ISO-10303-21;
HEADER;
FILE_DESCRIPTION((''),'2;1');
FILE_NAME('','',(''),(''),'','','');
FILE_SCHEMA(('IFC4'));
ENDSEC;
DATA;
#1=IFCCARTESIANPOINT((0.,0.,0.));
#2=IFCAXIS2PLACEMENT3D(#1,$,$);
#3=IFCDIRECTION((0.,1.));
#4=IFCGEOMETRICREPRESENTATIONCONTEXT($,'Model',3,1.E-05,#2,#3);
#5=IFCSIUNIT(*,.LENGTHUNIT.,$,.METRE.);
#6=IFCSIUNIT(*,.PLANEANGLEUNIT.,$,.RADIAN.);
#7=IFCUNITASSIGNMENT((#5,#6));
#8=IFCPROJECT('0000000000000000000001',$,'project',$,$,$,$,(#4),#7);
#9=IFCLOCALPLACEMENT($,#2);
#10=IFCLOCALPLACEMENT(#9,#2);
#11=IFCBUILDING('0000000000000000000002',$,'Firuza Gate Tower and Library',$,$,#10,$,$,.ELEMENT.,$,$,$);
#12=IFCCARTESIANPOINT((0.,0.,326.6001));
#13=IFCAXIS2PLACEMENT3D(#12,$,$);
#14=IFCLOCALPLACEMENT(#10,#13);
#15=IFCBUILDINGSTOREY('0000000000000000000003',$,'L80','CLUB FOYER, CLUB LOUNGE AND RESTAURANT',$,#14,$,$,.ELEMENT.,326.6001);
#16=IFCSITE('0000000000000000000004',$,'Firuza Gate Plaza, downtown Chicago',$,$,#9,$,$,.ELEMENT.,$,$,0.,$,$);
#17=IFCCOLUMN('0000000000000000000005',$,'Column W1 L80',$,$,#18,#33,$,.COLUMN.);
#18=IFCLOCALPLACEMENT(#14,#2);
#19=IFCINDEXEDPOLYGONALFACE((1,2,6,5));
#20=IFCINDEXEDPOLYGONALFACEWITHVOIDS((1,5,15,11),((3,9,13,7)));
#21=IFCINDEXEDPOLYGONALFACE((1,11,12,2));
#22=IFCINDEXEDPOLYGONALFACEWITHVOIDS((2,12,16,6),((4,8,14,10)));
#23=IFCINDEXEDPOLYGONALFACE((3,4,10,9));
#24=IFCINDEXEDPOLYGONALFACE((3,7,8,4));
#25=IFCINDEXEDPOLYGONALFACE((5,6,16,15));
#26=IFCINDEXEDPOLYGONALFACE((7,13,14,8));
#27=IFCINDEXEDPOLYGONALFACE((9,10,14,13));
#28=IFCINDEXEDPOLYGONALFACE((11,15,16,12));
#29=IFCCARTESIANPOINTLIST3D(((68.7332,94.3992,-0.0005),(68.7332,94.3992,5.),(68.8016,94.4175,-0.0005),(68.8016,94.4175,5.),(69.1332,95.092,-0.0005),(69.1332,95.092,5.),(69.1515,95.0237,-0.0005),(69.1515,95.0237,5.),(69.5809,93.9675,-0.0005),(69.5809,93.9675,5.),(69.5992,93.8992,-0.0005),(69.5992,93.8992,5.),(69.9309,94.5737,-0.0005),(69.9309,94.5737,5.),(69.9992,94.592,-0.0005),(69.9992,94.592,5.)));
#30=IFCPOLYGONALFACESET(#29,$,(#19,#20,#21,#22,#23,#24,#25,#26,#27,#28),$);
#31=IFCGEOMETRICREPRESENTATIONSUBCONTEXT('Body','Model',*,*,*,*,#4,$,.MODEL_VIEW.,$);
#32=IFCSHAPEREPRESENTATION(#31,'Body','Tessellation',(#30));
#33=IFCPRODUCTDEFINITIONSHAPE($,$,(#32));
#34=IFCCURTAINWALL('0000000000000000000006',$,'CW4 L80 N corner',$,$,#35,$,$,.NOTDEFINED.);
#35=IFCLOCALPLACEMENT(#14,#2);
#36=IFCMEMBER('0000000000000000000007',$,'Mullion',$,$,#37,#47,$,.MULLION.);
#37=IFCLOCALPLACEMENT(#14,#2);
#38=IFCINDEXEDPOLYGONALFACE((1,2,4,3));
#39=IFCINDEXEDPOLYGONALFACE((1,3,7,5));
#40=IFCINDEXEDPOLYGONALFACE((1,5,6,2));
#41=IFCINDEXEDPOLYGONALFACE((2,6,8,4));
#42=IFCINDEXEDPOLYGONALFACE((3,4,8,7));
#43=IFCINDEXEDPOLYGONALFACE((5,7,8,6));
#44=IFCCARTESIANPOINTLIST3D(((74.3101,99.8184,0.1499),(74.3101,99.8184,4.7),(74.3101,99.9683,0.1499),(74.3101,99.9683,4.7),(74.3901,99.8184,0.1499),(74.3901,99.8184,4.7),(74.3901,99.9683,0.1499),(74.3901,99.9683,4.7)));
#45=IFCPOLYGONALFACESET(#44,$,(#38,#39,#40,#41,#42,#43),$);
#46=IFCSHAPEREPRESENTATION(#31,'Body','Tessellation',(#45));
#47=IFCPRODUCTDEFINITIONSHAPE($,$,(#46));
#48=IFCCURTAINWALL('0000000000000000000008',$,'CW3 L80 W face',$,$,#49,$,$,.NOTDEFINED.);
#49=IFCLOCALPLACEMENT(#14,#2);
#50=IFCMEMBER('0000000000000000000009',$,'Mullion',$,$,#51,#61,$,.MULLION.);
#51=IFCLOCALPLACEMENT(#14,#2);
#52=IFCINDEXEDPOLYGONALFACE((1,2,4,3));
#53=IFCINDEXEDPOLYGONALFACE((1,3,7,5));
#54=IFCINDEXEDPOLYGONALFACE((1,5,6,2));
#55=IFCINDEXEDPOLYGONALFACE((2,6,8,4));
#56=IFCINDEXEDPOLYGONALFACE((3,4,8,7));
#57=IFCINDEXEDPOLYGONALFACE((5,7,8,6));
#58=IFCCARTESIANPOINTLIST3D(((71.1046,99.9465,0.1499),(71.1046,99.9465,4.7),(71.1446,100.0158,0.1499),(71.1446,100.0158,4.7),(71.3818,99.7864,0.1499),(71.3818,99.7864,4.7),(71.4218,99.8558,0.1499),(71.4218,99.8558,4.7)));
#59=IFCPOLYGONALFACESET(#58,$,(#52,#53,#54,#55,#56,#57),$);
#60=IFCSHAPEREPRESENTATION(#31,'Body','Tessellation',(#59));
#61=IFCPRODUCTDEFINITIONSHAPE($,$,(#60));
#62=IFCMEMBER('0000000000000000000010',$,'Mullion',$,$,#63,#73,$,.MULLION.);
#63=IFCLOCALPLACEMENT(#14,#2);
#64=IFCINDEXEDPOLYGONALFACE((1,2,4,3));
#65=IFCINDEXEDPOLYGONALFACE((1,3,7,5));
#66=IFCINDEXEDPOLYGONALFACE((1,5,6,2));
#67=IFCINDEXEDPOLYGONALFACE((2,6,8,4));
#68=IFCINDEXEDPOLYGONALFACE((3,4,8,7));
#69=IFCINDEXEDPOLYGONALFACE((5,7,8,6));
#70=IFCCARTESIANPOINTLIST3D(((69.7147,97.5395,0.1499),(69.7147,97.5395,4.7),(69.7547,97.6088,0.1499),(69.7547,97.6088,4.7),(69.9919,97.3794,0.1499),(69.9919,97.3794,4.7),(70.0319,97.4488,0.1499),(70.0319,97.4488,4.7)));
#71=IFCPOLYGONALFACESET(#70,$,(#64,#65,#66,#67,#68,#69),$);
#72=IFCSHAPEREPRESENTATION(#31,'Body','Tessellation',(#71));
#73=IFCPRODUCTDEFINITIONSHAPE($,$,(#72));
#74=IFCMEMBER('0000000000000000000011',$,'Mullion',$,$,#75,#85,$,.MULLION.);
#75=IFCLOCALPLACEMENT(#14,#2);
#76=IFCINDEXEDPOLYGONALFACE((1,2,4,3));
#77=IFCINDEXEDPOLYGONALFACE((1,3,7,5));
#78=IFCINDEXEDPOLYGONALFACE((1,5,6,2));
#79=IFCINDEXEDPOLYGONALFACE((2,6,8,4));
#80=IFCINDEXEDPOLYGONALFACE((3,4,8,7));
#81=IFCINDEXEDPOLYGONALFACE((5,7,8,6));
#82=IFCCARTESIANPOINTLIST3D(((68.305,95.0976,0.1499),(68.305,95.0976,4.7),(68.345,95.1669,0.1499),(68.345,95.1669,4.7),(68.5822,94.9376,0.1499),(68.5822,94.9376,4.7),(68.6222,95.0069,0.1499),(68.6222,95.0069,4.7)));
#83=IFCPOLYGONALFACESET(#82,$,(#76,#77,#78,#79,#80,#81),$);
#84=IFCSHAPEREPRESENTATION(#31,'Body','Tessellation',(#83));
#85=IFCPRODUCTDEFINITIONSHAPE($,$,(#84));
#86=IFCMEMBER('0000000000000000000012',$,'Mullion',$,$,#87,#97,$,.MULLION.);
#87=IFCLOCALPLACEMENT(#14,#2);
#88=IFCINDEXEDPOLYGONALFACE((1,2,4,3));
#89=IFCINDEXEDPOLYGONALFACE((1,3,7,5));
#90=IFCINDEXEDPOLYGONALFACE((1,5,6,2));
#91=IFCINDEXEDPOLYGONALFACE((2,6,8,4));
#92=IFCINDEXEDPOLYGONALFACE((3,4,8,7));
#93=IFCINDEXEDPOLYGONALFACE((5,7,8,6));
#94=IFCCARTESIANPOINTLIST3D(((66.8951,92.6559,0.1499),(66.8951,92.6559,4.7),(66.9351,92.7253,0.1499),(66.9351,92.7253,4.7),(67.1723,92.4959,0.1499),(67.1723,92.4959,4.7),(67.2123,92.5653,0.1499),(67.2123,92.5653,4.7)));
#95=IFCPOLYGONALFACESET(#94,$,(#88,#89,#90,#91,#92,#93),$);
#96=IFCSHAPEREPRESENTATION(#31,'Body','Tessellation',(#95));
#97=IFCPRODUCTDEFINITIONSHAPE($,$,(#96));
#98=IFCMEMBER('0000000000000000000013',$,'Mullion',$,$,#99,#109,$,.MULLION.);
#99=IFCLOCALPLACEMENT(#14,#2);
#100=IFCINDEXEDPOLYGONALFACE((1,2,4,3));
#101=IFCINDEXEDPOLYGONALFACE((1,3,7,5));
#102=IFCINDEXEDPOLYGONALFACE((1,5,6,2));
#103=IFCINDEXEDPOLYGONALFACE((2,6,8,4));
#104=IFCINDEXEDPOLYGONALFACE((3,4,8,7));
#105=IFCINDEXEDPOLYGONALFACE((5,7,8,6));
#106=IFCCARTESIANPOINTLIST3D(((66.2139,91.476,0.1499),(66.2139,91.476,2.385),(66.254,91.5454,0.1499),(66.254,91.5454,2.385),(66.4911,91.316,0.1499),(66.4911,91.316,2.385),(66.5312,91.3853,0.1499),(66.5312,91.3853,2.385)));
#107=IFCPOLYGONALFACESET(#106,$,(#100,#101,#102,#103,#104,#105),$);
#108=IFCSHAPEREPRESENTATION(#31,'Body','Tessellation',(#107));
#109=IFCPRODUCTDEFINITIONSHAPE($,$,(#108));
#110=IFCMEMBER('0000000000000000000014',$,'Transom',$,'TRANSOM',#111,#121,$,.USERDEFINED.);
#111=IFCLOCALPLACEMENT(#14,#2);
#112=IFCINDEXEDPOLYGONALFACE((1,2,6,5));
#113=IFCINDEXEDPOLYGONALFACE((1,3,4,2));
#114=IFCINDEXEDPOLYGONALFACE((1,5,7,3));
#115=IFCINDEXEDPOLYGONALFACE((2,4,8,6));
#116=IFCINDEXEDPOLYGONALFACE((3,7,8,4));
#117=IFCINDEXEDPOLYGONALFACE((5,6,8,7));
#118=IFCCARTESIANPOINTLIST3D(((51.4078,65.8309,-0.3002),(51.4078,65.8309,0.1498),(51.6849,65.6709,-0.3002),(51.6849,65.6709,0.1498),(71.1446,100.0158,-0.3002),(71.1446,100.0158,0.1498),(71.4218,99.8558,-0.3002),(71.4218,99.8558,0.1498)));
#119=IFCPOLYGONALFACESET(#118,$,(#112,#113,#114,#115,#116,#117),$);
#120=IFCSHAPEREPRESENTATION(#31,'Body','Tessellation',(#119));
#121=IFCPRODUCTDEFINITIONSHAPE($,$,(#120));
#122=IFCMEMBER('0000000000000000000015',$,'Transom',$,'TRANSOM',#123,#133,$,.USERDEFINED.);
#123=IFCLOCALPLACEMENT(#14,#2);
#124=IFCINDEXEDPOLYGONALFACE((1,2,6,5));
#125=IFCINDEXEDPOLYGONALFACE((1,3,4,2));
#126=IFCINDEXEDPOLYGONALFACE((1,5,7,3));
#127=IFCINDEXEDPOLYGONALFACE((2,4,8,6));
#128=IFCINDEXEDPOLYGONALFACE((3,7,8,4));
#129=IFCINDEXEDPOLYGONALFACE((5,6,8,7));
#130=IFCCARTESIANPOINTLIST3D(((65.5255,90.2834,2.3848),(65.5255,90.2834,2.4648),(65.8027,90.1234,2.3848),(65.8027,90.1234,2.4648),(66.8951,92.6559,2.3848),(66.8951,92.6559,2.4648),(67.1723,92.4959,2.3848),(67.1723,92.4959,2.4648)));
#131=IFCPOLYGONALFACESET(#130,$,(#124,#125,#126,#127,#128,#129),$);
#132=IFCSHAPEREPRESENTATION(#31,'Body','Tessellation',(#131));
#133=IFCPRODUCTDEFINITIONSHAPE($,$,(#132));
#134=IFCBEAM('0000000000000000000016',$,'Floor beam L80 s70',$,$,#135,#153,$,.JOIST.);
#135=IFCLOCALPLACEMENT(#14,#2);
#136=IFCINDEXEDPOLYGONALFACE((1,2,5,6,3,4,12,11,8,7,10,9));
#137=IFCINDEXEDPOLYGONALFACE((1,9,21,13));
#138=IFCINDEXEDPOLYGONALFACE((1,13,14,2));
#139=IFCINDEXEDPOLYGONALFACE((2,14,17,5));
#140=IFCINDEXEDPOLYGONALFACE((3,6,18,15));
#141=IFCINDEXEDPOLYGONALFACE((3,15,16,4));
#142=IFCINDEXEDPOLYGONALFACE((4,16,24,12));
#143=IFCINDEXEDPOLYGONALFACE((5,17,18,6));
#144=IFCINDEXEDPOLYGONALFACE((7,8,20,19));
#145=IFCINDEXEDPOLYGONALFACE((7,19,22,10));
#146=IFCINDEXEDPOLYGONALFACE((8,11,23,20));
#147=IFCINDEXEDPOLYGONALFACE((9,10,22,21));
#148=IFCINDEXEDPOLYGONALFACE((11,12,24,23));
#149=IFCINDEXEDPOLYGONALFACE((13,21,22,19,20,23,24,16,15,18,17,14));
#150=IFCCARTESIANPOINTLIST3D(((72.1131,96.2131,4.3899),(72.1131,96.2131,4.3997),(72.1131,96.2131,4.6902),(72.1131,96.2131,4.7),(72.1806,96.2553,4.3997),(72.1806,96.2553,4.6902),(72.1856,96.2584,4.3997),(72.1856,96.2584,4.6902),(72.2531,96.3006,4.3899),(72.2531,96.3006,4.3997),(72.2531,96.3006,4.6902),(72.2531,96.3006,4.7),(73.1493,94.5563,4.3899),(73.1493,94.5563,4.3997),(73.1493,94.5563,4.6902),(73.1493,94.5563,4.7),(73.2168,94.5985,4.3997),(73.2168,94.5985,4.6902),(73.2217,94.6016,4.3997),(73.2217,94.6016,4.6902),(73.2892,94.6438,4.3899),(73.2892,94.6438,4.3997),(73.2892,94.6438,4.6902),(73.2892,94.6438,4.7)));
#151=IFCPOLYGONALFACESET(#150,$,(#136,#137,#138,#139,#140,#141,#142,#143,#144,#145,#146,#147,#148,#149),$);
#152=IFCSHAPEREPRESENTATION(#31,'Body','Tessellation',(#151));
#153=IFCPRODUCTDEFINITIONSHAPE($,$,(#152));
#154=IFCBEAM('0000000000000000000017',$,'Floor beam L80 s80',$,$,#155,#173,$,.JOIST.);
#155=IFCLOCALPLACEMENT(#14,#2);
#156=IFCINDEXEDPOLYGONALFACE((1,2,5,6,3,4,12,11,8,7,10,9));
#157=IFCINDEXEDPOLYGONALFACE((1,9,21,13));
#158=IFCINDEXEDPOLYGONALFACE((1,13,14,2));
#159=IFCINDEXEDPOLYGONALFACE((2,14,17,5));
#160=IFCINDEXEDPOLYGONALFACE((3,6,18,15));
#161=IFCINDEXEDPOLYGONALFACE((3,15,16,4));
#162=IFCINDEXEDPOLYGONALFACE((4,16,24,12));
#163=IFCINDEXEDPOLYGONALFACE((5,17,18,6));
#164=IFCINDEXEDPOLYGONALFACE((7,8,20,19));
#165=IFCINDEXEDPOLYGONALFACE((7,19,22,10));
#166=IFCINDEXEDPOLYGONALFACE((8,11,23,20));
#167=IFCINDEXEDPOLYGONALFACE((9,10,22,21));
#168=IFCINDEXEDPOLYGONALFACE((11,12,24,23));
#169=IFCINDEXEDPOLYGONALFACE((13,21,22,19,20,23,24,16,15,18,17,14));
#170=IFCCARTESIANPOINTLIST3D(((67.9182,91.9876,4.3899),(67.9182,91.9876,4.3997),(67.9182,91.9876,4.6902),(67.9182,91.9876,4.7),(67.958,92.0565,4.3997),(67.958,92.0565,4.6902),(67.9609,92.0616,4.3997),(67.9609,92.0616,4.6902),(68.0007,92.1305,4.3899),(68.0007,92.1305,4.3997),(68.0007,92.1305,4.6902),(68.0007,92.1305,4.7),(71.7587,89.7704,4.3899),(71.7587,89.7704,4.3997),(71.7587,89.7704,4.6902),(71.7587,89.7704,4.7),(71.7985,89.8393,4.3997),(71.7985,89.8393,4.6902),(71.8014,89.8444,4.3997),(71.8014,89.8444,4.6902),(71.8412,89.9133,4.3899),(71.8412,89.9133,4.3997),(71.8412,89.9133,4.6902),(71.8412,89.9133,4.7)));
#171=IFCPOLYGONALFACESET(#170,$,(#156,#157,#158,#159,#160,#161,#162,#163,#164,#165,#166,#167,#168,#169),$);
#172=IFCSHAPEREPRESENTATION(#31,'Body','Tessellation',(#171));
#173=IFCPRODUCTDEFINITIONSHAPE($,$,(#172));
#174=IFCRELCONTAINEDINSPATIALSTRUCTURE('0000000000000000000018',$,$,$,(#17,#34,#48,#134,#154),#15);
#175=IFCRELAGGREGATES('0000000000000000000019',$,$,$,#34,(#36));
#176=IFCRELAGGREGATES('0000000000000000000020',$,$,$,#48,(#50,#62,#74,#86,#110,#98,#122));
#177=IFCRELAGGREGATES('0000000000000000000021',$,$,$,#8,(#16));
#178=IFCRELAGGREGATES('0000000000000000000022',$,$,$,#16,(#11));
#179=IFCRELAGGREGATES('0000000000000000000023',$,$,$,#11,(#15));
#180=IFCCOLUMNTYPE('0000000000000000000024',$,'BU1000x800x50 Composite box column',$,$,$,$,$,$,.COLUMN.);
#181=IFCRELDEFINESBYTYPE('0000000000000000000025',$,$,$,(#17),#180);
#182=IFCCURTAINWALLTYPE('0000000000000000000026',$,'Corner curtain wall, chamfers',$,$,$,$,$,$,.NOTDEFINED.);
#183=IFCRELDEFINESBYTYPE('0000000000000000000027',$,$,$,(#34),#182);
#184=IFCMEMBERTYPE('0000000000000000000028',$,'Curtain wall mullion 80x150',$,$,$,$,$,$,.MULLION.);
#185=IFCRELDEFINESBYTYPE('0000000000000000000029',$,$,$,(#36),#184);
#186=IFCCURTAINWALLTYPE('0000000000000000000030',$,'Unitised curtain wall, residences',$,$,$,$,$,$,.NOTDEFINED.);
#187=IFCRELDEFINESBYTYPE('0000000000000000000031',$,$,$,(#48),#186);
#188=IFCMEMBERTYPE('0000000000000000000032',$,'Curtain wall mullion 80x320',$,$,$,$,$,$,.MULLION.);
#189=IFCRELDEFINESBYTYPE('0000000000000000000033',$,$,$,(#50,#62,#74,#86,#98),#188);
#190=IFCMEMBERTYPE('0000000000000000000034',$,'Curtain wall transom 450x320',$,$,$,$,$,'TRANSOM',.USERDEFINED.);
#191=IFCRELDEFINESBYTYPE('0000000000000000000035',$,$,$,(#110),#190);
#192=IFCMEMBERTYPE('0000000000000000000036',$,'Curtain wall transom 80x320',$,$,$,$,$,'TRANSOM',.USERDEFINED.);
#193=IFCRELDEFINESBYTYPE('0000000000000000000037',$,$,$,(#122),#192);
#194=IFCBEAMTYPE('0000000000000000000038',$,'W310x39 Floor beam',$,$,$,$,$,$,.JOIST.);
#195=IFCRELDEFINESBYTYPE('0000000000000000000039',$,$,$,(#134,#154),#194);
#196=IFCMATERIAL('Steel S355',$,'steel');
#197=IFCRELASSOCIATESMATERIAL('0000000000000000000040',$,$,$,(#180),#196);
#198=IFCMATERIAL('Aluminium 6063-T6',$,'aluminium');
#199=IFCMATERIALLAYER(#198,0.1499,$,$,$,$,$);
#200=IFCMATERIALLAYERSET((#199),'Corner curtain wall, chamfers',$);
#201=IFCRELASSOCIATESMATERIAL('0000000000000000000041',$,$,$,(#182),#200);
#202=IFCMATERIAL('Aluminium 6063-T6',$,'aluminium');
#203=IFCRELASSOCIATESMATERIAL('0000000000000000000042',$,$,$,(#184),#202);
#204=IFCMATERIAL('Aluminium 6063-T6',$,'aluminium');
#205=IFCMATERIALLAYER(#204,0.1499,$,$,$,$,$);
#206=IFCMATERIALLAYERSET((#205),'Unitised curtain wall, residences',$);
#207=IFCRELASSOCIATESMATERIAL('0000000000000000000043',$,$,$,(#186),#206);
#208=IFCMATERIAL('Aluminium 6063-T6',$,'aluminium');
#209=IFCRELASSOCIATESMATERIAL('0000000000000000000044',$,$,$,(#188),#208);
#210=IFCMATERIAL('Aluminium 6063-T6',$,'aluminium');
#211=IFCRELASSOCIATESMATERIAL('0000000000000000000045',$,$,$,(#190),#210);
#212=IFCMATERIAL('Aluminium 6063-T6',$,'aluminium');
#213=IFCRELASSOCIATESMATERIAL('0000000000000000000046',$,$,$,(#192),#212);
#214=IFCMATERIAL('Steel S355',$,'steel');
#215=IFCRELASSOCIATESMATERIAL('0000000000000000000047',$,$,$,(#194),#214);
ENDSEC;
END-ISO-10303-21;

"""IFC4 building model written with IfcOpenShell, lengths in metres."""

from ifc_helpers import new_model, si_unit, direction, frame, origin, origin_2d, place, context, subcontext, project, spatial, rectangle, hollow_rectangle, i_section, extrude, material, layer, layer_set, material_profile, profile_set, type_object, element, aggregate, save


model = new_model("IFC4")

# Units and contexts
model_context = context("Model", 3, precision=1e-05, world=origin(), true_north=direction((0.0, 1.0)))
body_context = subcontext(model_context, "Body", "Model", "MODEL_VIEW")
ifc_project = project(units=[si_unit("LENGTHUNIT", "METRE"), si_unit("PLANEANGLEUNIT", "RADIAN")], contexts=[model_context])

# Site, building, storey
site_placement = place(None, origin())
site = spatial("IfcSite", under=ifc_project, at=site_placement, Name="Firuza Gate Plaza, downtown Chicago", CompositionType="ELEMENT", RefElevation=0.0)
building_placement = place(site_placement, origin())
building = spatial("IfcBuilding", under=site, at=building_placement, Name="Firuza Gate Tower and Library", CompositionType="ELEMENT")
storey_placement = place(building_placement, frame((0.0, 0.0, 326.6001)))
storey = spatial("IfcBuildingStorey", under=building, at=storey_placement, Name="L80", Description="CLUB FOYER, CLUB LOUNGE AND RESTAURANT", CompositionType="ELEMENT", Elevation=326.6001)

# Column
ifc_material_1 = material(Name="Steel S355", Category="steel")
ifc_material_profile_1 = material_profile(ifc_material_1, hollow_rectangle(XDim=0.8, YDim=1.0, WallThickness=0.05, at=origin_2d()))
ifc_profile_set_1 = profile_set([ifc_material_profile_1], Name="Steel S355")
column_type = type_object("IfcColumnType", Name="BU1000x800x50 Composite box column", PredefinedType="COLUMN", material=ifc_profile_set_1)
column_placement = place(storey_placement, frame((69.3662, 94.4956, -0.0005), z_axis=(0.0, 0.0, 1.0), x_axis=(-0.5, -0.866025, 0.0)))
element("IfcColumn", 1, at=column_placement, inside=storey, type_object=column_type, Name="Column W1 L80", PredefinedType="COLUMN", context=body_context, shape_type="SweptSolid", body=[
    extrude(hollow_rectangle(XDim=0.8, YDim=1.0, WallThickness=0.05, at=origin_2d()), origin(), (0.0, 0.0, 1.0), 5.0005),
])

# Curtain wall, member
ifc_material_2 = material(Name="Aluminium 6063-T6", Category="aluminium")
ifc_layer_1 = layer(ifc_material_2, 0.1499)
ifc_layer_set_1 = layer_set([ifc_layer_1], Name="Corner curtain wall, chamfers")
curtain_wall_type_1 = type_object("IfcCurtainWallType", Name="Corner curtain wall, chamfers", PredefinedType="NOTDEFINED", material=ifc_layer_set_1)
placement = place(storey_placement, origin())
curtain_wall_1 = element("IfcCurtainWall", 2, at=placement, inside=storey, type_object=curtain_wall_type_1, Name="CW4 L80 N corner", PredefinedType="NOTDEFINED")
ifc_material_3 = material(Name="Aluminium 6063-T6", Category="aluminium")
ifc_material_profile_2 = material_profile(ifc_material_3, rectangle(XDim=0.1499, YDim=0.0801, at=origin_2d()))
ifc_profile_set_2 = profile_set([ifc_material_profile_2], Name="Aluminium 6063-T6")
member_type_1 = type_object("IfcMemberType", Name="Curtain wall mullion 80x150", PredefinedType="MULLION", material=ifc_profile_set_2)
member_1_placement = place(storey_placement, frame((74.3501, 99.8933, 0.1499), z_axis=(0.0, 0.0, 1.0), x_axis=(0.0, -1.0, 0.0)))
member_1 = element("IfcMember", 3, at=member_1_placement, type_object=member_type_1, Name="Mullion", PredefinedType="MULLION", context=body_context, shape_type="SweptSolid", body=[
    extrude(rectangle(XDim=0.1499, YDim=0.0801, at=origin_2d()), origin(), (0.0, 0.0, 1.0), 4.55),
])

# Curtain wall, members
ifc_material_4 = material(Name="Aluminium 6063-T6", Category="aluminium")
ifc_layer_2 = layer(ifc_material_4, 0.1499)
ifc_layer_set_2 = layer_set([ifc_layer_2], Name="Unitised curtain wall, residences")
curtain_wall_type_2 = type_object("IfcCurtainWallType", Name="Unitised curtain wall, residences", PredefinedType="NOTDEFINED", material=ifc_layer_set_2)
curtain_wall_2 = element("IfcCurtainWall", 4, at=placement, inside=storey, type_object=curtain_wall_type_2, Name="CW3 L80 W face", PredefinedType="NOTDEFINED")
ifc_material_5 = material(Name="Aluminium 6063-T6", Category="aluminium")
ifc_material_profile_3 = material_profile(ifc_material_5, rectangle(XDim=0.3201, YDim=0.0801, at=origin_2d()))
ifc_profile_set_3 = profile_set([ifc_material_profile_3], Name="Aluminium 6063-T6")
member_type_2 = type_object("IfcMemberType", Name="Curtain wall mullion 80x320", PredefinedType="MULLION", material=ifc_profile_set_3)
member_2_placement = place(storey_placement, frame((71.2632, 99.9011, 0.1499), z_axis=(0.0, 0.0, 1.0), x_axis=(0.866025, -0.5, 0.0)))
member_2 = element("IfcMember", 5, at=member_2_placement, type_object=member_type_2, Name="Mullion", PredefinedType="MULLION", context=body_context, shape_type="SweptSolid", body=[
    extrude(rectangle(XDim=0.3201, YDim=0.0801, at=origin_2d()), origin(), (0.0, 0.0, 1.0), 4.55),
])
member_3_placement = place(storey_placement, frame((69.8733, 97.4941, 0.1499), z_axis=(0.0, 0.0, 1.0), x_axis=(0.866025, -0.5, 0.0)))
member_3 = element("IfcMember", 6, at=member_3_placement, type_object=member_type_2, Name="Mullion", PredefinedType="MULLION", context=body_context, shape_type="SweptSolid", body=[
    extrude(rectangle(XDim=0.3201, YDim=0.0801, at=origin_2d()), origin(), (0.0, 0.0, 1.0), 4.55),
])
member_4_placement = place(storey_placement, frame((68.4636, 95.0522, 0.1499), z_axis=(0.0, 0.0, 1.0), x_axis=(0.866025, -0.5, 0.0)))
member_4 = element("IfcMember", 7, at=member_4_placement, type_object=member_type_2, Name="Mullion", PredefinedType="MULLION", context=body_context, shape_type="SweptSolid", body=[
    extrude(rectangle(XDim=0.3201, YDim=0.0801, at=origin_2d()), origin(), (0.0, 0.0, 1.0), 4.55),
])
member_5_placement = place(storey_placement, frame((67.0537, 92.6106, 0.1499), z_axis=(0.0, 0.0, 1.0), x_axis=(0.866025, -0.5, 0.0)))
member_5 = element("IfcMember", 8, at=member_5_placement, type_object=member_type_2, Name="Mullion", PredefinedType="MULLION", context=body_context, shape_type="SweptSolid", body=[
    extrude(rectangle(XDim=0.3201, YDim=0.0801, at=origin_2d()), origin(), (0.0, 0.0, 1.0), 4.55),
])
member_6_placement = place(storey_placement, frame((66.3726, 91.4307, 0.1499), z_axis=(0.0, 0.0, 1.0), x_axis=(0.866025, -0.5, 0.0)))
member_6 = element("IfcMember", 9, at=member_6_placement, type_object=member_type_2, Name="Mullion", PredefinedType="MULLION", context=body_context, shape_type="SweptSolid", body=[
    extrude(rectangle(XDim=0.3201, YDim=0.0801, at=origin_2d()), origin(), (0.0, 0.0, 1.0), 2.2351),
])
ifc_material_6 = material(Name="Aluminium 6063-T6", Category="aluminium")
ifc_material_profile_4 = material_profile(ifc_material_6, rectangle(XDim=0.3201, YDim=0.45, at=origin_2d()))
ifc_profile_set_4 = profile_set([ifc_material_profile_4], Name="Aluminium 6063-T6")
member_type_3 = type_object("IfcMemberType", Name="Curtain wall transom 450x320", ElementType="TRANSOM", PredefinedType="USERDEFINED", material=ifc_profile_set_4)
member_7_placement = place(storey_placement, frame((71.2832, 99.9358, -0.0752), z_axis=(-0.500004, -0.866023, 0.0), x_axis=(0.866023, -0.500004, 0.0)))
member_7 = element("IfcMember", 10, at=member_7_placement, type_object=member_type_3, Name="Transom", ObjectType="TRANSOM", PredefinedType="USERDEFINED", context=body_context, shape_type="SweptSolid", body=[
    extrude(rectangle(XDim=0.3201, YDim=0.45, at=origin_2d()), origin(), (0.0, 0.0, 1.0), 39.4734),
])
ifc_material_7 = material(Name="Aluminium 6063-T6", Category="aluminium")
ifc_material_profile_5 = material_profile(ifc_material_7, rectangle(XDim=0.3201, YDim=0.0801, at=origin_2d()))
ifc_profile_set_5 = profile_set([ifc_material_profile_5], Name="Aluminium 6063-T6")
member_type_4 = type_object("IfcMemberType", Name="Curtain wall transom 80x320", ElementType="TRANSOM", PredefinedType="USERDEFINED", material=ifc_profile_set_5)
member_8_placement = place(storey_placement, frame((67.0337, 92.5759, 2.4248), z_axis=(-0.499954, -0.866052, 0.0), x_axis=(0.866052, -0.499954, 0.0)))
member_8 = element("IfcMember", 11, at=member_8_placement, type_object=member_type_4, Name="Transom", ObjectType="TRANSOM", PredefinedType="USERDEFINED", context=body_context, shape_type="SweptSolid", body=[
    extrude(rectangle(XDim=0.3201, YDim=0.0801, at=origin_2d()), origin(), (0.0, 0.0, 1.0), 2.7395),
])

# Beams
ifc_material_8 = material(Name="Steel S355", Category="steel")
ifc_material_profile_6 = material_profile(ifc_material_8, i_section(OverallWidth=0.165, OverallDepth=0.3101, WebThickness=0.0059, FlangeThickness=0.0098, at=origin_2d()))
ifc_profile_set_6 = profile_set([ifc_material_profile_6], Name="Steel S355")
beam_type_1 = type_object("IfcBeamType", Name="W310x39 Floor beam", PredefinedType="JOIST", material=ifc_profile_set_6)
beam_1_placement = place(storey_placement, frame((72.1831, 96.2568, 4.5449), z_axis=(0.530246, -0.847844, 0.0), x_axis=(0.847844, 0.530246, 0.0)))
element("IfcBeam", 12, at=beam_1_placement, inside=storey, type_object=beam_type_1, Name="Floor beam L80 s70", PredefinedType="JOIST", context=body_context, shape_type="SweptSolid", body=[
    extrude(i_section(OverallWidth=0.165, OverallDepth=0.3101, WebThickness=0.0059, FlangeThickness=0.0098, at=origin_2d()), origin(), (0.0, 0.0, 1.0), 1.9541),
])
beam_2_placement = place(storey_placement, frame((67.9595, 92.0591, 4.5449), z_axis=(0.866032, -0.499988, 0.0), x_axis=(0.499988, 0.866032, 0.0)))
element("IfcBeam", 13, at=beam_2_placement, inside=storey, type_object=beam_type_1, Name="Floor beam L80 s80", PredefinedType="JOIST", context=body_context, shape_type="SweptSolid", body=[
    extrude(i_section(OverallWidth=0.165, OverallDepth=0.3101, WebThickness=0.0059, FlangeThickness=0.0098, at=origin_2d()), origin(), (0.0, 0.0, 1.0), 4.4346),
])

aggregate(curtain_wall_1, [member_1])
aggregate(curtain_wall_2, [member_2, member_3, member_4, member_5, member_7, member_6, member_8])

save(model, "model.ifc")
